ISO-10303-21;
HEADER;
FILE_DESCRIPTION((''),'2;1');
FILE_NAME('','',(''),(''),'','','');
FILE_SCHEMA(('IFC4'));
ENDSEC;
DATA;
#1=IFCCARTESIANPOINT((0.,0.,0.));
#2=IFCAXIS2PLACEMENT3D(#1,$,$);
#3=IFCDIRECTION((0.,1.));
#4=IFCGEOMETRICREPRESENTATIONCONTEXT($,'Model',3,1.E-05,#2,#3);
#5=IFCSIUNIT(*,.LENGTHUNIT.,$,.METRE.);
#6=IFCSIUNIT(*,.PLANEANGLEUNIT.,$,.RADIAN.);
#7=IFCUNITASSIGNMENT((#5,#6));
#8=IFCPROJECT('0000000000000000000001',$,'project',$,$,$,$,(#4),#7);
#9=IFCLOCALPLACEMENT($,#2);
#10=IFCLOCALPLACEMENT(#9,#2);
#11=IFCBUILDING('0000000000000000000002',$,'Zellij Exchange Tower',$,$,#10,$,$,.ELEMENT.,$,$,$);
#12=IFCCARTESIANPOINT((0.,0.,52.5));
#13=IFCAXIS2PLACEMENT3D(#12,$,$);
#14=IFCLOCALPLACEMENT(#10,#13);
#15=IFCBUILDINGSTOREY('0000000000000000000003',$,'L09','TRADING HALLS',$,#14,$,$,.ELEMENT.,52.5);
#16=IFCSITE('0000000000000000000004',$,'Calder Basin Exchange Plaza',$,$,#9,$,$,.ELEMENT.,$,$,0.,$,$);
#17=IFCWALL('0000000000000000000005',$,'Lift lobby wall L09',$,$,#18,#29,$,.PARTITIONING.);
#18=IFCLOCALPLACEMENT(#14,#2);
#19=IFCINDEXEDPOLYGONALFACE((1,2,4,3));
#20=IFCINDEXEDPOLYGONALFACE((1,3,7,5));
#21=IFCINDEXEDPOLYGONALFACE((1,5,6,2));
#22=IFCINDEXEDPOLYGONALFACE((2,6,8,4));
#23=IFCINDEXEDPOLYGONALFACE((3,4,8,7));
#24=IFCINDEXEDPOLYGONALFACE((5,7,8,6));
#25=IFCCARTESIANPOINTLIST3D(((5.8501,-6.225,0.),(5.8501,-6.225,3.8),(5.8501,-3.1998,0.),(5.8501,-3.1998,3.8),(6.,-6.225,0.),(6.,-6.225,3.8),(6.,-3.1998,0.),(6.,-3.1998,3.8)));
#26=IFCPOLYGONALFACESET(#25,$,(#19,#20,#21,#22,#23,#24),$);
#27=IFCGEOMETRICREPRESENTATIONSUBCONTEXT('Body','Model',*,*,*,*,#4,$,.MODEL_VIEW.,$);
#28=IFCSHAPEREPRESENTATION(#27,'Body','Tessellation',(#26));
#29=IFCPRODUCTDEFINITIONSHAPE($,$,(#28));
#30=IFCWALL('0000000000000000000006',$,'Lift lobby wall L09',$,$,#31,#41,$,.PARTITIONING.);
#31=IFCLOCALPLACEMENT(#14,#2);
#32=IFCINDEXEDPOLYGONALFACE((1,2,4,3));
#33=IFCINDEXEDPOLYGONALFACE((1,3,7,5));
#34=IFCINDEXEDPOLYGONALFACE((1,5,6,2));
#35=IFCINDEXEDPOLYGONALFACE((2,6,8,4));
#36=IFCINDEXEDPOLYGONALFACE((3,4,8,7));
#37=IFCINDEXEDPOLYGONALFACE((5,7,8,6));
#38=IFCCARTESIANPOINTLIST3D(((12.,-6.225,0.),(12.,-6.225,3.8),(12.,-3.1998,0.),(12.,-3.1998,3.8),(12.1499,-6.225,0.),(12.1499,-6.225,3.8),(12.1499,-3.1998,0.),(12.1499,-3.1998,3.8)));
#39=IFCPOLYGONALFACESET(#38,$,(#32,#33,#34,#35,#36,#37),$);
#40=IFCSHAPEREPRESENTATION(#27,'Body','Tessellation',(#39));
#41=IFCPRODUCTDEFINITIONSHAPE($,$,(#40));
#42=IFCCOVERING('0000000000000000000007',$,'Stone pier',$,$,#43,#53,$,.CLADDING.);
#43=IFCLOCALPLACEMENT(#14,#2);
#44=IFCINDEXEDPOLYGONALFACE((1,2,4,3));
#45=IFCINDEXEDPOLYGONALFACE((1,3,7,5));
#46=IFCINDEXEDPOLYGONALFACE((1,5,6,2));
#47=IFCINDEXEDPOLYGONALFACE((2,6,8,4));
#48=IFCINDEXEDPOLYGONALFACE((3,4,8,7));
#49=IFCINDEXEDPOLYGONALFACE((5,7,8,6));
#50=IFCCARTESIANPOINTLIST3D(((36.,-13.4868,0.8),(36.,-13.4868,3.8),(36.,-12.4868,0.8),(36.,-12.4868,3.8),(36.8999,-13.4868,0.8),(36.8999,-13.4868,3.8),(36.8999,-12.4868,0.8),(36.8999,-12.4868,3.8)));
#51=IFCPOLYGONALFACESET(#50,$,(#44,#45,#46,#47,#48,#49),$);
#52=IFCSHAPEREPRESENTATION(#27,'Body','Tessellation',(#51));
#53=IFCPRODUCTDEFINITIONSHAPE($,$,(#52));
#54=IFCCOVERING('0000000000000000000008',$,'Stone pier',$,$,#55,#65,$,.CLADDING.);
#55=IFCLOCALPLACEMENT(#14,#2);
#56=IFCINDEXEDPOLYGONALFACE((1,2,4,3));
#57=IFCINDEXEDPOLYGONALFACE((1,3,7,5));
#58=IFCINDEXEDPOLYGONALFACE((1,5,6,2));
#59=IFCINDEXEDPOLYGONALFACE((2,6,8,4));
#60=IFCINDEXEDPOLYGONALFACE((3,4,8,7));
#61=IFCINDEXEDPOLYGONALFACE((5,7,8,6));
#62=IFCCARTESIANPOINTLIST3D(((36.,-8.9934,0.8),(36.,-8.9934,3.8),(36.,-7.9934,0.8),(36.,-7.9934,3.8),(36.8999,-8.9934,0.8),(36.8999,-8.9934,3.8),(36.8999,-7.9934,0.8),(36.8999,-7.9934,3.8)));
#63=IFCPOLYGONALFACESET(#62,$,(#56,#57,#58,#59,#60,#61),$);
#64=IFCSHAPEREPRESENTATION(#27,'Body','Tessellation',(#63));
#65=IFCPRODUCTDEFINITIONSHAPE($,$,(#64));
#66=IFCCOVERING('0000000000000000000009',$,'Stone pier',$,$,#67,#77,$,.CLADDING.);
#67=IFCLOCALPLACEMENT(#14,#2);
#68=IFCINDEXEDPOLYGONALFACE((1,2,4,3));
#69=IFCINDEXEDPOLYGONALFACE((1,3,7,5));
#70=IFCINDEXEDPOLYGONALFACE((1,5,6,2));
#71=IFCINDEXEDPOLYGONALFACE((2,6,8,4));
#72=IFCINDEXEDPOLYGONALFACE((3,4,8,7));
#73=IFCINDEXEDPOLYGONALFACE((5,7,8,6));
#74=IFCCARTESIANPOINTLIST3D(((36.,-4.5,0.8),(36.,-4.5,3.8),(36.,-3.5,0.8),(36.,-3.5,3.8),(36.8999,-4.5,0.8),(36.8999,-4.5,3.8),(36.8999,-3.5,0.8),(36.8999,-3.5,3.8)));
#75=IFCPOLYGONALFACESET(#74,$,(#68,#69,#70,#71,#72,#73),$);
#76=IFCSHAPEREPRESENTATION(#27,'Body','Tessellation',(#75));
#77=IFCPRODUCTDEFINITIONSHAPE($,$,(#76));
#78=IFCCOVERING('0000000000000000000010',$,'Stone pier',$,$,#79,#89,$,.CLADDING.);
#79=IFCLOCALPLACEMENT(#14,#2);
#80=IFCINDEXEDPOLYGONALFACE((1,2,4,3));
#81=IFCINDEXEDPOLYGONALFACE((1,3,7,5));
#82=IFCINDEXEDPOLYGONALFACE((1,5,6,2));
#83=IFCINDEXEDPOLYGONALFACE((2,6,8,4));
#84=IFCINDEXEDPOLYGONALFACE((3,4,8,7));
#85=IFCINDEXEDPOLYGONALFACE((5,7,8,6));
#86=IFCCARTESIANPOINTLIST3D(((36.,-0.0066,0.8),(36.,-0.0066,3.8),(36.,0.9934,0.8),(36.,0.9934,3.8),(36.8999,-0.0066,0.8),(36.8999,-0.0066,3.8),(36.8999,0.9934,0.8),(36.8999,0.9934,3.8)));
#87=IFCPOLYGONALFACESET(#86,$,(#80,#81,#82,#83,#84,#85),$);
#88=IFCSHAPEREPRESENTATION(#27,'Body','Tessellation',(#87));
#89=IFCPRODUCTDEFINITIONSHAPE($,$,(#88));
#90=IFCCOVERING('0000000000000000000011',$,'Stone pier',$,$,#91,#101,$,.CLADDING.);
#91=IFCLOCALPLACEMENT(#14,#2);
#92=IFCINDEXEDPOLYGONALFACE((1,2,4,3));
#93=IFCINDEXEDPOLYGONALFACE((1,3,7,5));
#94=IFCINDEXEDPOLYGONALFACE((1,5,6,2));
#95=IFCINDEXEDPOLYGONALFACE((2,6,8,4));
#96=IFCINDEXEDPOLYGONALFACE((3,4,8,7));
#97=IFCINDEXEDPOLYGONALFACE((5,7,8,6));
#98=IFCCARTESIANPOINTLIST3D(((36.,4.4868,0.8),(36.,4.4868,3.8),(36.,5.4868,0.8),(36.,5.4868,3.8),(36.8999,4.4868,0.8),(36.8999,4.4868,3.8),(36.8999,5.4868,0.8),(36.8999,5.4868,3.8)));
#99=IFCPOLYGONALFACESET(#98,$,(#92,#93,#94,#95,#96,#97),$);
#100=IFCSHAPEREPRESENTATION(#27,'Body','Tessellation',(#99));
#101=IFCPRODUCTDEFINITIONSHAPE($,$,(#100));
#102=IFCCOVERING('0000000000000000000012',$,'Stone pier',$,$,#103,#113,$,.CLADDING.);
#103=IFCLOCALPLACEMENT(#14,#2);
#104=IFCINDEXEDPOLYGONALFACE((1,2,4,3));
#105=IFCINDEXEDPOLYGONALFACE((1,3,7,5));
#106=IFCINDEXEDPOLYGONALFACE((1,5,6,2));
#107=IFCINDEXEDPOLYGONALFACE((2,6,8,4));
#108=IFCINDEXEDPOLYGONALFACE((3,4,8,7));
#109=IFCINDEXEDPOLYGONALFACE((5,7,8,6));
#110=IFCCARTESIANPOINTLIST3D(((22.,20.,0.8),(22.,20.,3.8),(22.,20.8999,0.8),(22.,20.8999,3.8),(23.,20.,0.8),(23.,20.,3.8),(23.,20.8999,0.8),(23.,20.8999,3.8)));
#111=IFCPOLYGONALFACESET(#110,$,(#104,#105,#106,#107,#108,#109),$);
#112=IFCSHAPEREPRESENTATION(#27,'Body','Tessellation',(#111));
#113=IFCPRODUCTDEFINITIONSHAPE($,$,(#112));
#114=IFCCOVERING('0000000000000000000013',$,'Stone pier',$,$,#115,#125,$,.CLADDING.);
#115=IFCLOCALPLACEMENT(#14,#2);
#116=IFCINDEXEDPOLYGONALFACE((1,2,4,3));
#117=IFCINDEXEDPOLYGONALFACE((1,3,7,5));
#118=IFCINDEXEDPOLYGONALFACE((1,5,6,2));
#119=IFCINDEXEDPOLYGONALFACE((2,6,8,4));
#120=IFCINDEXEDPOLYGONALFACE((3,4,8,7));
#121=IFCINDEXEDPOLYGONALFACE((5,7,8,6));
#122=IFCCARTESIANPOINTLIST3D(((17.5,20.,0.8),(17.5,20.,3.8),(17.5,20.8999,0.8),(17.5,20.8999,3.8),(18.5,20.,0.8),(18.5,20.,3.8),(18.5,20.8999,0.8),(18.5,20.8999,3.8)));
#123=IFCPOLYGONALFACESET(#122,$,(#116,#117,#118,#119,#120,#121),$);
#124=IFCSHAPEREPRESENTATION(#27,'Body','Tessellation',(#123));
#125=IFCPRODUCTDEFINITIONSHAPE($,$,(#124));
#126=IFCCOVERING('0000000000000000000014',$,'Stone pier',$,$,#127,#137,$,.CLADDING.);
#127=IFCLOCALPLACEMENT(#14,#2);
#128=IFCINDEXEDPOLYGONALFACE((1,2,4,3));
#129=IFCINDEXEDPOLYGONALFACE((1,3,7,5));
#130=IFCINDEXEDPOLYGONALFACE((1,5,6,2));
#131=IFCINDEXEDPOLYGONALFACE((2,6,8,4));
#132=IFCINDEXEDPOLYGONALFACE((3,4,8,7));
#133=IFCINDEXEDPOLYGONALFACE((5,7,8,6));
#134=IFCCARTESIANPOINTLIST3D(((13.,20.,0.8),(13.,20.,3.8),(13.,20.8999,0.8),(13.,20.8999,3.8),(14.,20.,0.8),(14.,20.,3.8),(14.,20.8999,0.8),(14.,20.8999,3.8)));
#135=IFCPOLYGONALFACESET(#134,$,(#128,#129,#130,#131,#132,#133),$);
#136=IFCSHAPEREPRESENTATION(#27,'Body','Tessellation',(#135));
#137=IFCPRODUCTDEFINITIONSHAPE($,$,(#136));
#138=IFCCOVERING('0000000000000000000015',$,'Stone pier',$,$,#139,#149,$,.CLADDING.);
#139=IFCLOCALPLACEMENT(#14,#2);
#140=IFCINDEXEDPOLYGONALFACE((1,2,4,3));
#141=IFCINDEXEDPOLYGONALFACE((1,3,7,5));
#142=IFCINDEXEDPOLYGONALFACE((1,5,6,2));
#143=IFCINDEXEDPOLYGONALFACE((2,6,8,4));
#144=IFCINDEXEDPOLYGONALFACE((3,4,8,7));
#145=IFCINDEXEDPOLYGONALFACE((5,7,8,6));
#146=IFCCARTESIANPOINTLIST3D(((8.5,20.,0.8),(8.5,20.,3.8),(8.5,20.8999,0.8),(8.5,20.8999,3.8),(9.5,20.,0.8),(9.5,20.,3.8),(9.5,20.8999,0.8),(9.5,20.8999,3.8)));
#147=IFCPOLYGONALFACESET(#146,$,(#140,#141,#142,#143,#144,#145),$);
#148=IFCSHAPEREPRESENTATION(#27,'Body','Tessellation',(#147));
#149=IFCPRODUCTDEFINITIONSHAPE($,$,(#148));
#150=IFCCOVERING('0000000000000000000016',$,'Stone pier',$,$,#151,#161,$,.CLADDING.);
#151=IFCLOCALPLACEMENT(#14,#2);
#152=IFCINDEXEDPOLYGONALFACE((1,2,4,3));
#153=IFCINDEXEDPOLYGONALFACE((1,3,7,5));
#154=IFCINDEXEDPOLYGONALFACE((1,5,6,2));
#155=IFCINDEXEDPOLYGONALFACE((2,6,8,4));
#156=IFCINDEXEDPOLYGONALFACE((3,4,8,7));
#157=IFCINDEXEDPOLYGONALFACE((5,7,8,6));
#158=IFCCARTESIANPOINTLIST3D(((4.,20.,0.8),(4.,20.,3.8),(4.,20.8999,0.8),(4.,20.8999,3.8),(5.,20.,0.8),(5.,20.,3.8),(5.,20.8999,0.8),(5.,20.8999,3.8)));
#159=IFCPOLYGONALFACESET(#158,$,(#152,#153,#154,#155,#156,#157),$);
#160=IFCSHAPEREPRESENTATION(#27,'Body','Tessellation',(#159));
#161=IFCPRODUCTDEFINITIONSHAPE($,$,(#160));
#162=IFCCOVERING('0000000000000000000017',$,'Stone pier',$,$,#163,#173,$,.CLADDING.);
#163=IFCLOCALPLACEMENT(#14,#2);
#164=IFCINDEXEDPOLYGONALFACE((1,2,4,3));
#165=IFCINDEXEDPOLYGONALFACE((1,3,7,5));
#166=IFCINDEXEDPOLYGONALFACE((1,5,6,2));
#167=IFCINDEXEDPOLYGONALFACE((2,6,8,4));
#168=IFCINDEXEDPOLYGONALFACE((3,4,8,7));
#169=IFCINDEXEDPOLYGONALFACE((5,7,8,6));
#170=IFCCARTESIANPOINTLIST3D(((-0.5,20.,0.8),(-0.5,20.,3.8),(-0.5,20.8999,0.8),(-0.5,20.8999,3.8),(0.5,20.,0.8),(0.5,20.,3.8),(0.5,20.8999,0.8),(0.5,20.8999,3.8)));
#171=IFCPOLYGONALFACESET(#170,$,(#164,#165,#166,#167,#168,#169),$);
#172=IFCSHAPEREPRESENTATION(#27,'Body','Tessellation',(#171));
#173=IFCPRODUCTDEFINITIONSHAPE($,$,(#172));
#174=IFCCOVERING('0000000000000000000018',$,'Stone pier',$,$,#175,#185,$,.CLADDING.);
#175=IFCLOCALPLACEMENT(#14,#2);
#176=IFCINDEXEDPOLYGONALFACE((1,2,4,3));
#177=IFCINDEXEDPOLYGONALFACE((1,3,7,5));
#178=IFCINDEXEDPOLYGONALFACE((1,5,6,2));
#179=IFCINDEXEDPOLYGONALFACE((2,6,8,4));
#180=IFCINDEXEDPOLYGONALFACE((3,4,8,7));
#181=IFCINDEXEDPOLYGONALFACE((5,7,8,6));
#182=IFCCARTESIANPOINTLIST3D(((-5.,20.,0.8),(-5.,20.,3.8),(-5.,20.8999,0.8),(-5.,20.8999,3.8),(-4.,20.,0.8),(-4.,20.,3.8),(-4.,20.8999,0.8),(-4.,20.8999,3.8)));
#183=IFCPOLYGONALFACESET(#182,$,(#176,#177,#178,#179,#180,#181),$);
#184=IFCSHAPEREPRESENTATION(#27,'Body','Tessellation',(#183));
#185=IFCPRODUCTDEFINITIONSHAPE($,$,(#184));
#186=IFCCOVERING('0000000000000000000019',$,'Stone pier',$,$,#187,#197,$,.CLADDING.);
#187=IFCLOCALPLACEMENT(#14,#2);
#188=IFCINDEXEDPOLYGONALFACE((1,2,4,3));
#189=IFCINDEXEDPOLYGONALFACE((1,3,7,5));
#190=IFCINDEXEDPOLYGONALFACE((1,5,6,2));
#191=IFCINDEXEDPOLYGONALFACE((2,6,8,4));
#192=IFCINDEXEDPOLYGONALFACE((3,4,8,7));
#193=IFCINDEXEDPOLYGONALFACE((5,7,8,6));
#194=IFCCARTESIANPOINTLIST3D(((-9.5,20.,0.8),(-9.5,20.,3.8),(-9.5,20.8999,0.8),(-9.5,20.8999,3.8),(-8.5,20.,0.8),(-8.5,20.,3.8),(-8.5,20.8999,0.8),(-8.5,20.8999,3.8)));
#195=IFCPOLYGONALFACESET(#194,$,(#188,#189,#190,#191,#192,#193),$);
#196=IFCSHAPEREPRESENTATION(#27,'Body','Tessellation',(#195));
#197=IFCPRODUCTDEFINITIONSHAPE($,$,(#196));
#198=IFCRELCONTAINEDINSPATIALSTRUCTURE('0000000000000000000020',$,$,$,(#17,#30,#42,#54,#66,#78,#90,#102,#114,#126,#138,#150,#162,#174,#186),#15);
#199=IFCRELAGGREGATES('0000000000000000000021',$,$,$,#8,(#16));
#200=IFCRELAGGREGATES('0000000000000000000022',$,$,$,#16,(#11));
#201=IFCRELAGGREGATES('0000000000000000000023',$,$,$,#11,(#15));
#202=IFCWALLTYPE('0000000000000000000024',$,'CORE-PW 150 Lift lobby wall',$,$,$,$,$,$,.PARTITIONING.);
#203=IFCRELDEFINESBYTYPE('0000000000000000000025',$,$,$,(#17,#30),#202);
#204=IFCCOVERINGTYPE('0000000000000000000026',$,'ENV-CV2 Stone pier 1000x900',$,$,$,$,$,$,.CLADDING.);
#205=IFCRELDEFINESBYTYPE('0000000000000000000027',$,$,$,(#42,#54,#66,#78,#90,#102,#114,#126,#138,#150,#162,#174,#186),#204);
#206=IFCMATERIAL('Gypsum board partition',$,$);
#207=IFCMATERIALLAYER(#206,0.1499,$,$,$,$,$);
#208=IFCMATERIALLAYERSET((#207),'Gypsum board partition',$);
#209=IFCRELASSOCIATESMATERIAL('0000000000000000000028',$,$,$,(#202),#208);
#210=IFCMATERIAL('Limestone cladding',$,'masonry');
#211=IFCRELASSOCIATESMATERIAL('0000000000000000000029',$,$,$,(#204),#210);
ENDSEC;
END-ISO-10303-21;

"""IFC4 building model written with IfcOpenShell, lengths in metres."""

from ifc_helpers import new_model, si_unit, direction, frame, frame_2d, origin, place, context, subcontext, project, spatial, polyline, rectangle, outline, extrude, material, layer, layer_set, type_object, element, save


model = new_model("IFC4")

# Units and contexts
model_context = context("Model", 3, precision=1e-05, world=origin(), true_north=direction((0.0, 1.0)))
body_context = subcontext(model_context, "Body", "Model", "MODEL_VIEW")
ifc_project = project(units=[si_unit("LENGTHUNIT", "METRE"), si_unit("PLANEANGLEUNIT", "RADIAN")], contexts=[model_context])

# Site, building, storey
site_placement = place(None, origin())
site = spatial("IfcSite", under=ifc_project, at=site_placement, Name="Calder Basin Exchange Plaza", CompositionType="ELEMENT", RefElevation=0.0)
building_placement = place(site_placement, origin())
building = spatial("IfcBuilding", under=site, at=building_placement, Name="Zellij Exchange Tower", CompositionType="ELEMENT")
storey_placement = place(building_placement, frame((0.0, 0.0, 52.5)))
storey = spatial("IfcBuildingStorey", under=building, at=storey_placement, Name="L09", Description="TRADING HALLS", CompositionType="ELEMENT", Elevation=52.5)

# Walls
ifc_material_1 = material(Name="Gypsum board partition")
ifc_layer = layer(ifc_material_1, 0.1499)
ifc_layer_set = layer_set([ifc_layer], Name="Gypsum board partition")
wall_type = type_object("IfcWallType", Name="CORE-PW 150 Lift lobby wall", PredefinedType="PARTITIONING", material=ifc_layer_set)
for number, where, z_axis, x_axis, name in (
    (1, (5.925, -6.2251, 0.0), (0.0, 0.0, 1.0), (0.0, 1.0, 0.0), "Lift lobby wall L09"),
    (2, (12.075, -6.2251, 0.0), (0.0, 0.0, 1.0), (0.0, 1.0, 0.0), "Lift lobby wall L09"),
):
    element("IfcWall", number, at=place(storey_placement, frame(where, z_axis=z_axis, x_axis=x_axis)), inside=storey, type_object=wall_type, Name=name, PredefinedType="PARTITIONING", context=body_context, shape_type="SweptSolid", body=[
        extrude(rectangle(XDim=3.0251, YDim=0.1499, at=frame_2d((1.5127, 0.0))), origin(), (0.0, 0.0, 1.0), 3.8),
    ])

# Coverings
ifc_material_2 = material(Name="Limestone cladding", Category="masonry")
covering_type = type_object("IfcCoveringType", Name="ENV-CV2 Stone pier 1000x900", PredefinedType="CLADDING", material=ifc_material_2)
covering_1_placement = place(storey_placement, frame((0.0, 0.0, 0.8)))
element("IfcCovering", 3, at=covering_1_placement, inside=storey, type_object=covering_type, Name="Stone pier", PredefinedType="CLADDING", context=body_context, shape_type="SweptSolid", body=[
    extrude(outline(polyline([(36.0, -13.4868), (36.0, -12.4868), (36.8999, -12.4868), (36.8999, -13.4868), (36.0, -13.4868)])), origin(), (0.0, 0.0, 1.0), 3.0),
])
covering_2_placement = place(storey_placement, frame((0.0, 0.0, 0.8)))
element("IfcCovering", 4, at=covering_2_placement, inside=storey, type_object=covering_type, Name="Stone pier", PredefinedType="CLADDING", context=body_context, shape_type="SweptSolid", body=[
    extrude(outline(polyline([(36.0, -8.9934), (36.0, -7.9934), (36.8999, -7.9934), (36.8999, -8.9934), (36.0, -8.9934)])), origin(), (0.0, 0.0, 1.0), 3.0),
])
covering_3_placement = place(storey_placement, frame((0.0, 0.0, 0.8)))
element("IfcCovering", 5, at=covering_3_placement, inside=storey, type_object=covering_type, Name="Stone pier", PredefinedType="CLADDING", context=body_context, shape_type="SweptSolid", body=[
    extrude(outline(polyline([(36.0, -4.5), (36.0, -3.5), (36.8999, -3.5), (36.8999, -4.5), (36.0, -4.5)])), origin(), (0.0, 0.0, 1.0), 3.0),
])
covering_4_placement = place(storey_placement, frame((0.0, 0.0, 0.8)))
element("IfcCovering", 6, at=covering_4_placement, inside=storey, type_object=covering_type, Name="Stone pier", PredefinedType="CLADDING", context=body_context, shape_type="SweptSolid", body=[
    extrude(outline(polyline([(36.0, -0.0066), (36.0, 0.9934), (36.8999, 0.9934), (36.8999, -0.0066), (36.0, -0.0066)])), origin(), (0.0, 0.0, 1.0), 3.0),
])
covering_5_placement = place(storey_placement, frame((0.0, 0.0, 0.8)))
element("IfcCovering", 7, at=covering_5_placement, inside=storey, type_object=covering_type, Name="Stone pier", PredefinedType="CLADDING", context=body_context, shape_type="SweptSolid", body=[
    extrude(outline(polyline([(36.0, 4.4868), (36.0, 5.4868), (36.8999, 5.4868), (36.8999, 4.4868), (36.0, 4.4868)])), origin(), (0.0, 0.0, 1.0), 3.0),
])
covering_6_placement = place(storey_placement, frame((0.0, 0.0, 0.8)))
element("IfcCovering", 8, at=covering_6_placement, inside=storey, type_object=covering_type, Name="Stone pier", PredefinedType="CLADDING", context=body_context, shape_type="SweptSolid", body=[
    extrude(outline(polyline([(23.0, 20.0), (22.0, 20.0), (22.0, 20.8999), (23.0, 20.8999), (23.0, 20.0)])), origin(), (0.0, 0.0, 1.0), 3.0),
])
covering_7_placement = place(storey_placement, frame((0.0, 0.0, 0.8)))
element("IfcCovering", 9, at=covering_7_placement, inside=storey, type_object=covering_type, Name="Stone pier", PredefinedType="CLADDING", context=body_context, shape_type="SweptSolid", body=[
    extrude(outline(polyline([(18.5, 20.0), (17.5, 20.0), (17.5, 20.8999), (18.5, 20.8999), (18.5, 20.0)])), origin(), (0.0, 0.0, 1.0), 3.0),
])
covering_8_placement = place(storey_placement, frame((0.0, 0.0, 0.8)))
element("IfcCovering", 10, at=covering_8_placement, inside=storey, type_object=covering_type, Name="Stone pier", PredefinedType="CLADDING", context=body_context, shape_type="SweptSolid", body=[
    extrude(outline(polyline([(14.0, 20.0), (13.0, 20.0), (13.0, 20.8999), (14.0, 20.8999), (14.0, 20.0)])), origin(), (0.0, 0.0, 1.0), 3.0),
])
covering_9_placement = place(storey_placement, frame((0.0, 0.0, 0.8)))
element("IfcCovering", 11, at=covering_9_placement, inside=storey, type_object=covering_type, Name="Stone pier", PredefinedType="CLADDING", context=body_context, shape_type="SweptSolid", body=[
    extrude(outline(polyline([(9.5, 20.0), (8.5, 20.0), (8.5, 20.8999), (9.5, 20.8999), (9.5, 20.0)])), origin(), (0.0, 0.0, 1.0), 3.0),
])
covering_10_placement = place(storey_placement, frame((0.0, 0.0, 0.8)))
element("IfcCovering", 12, at=covering_10_placement, inside=storey, type_object=covering_type, Name="Stone pier", PredefinedType="CLADDING", context=body_context, shape_type="SweptSolid", body=[
    extrude(outline(polyline([(5.0, 20.0), (4.0, 20.0), (4.0, 20.8999), (5.0, 20.8999), (5.0, 20.0)])), origin(), (0.0, 0.0, 1.0), 3.0),
])
covering_11_placement = place(storey_placement, frame((0.0, 0.0, 0.8)))
element("IfcCovering", 13, at=covering_11_placement, inside=storey, type_object=covering_type, Name="Stone pier", PredefinedType="CLADDING", context=body_context, shape_type="SweptSolid", body=[
    extrude(outline(polyline([(0.5, 20.0), (-0.5, 20.0), (-0.5, 20.8999), (0.5, 20.8999), (0.5, 20.0)])), origin(), (0.0, 0.0, 1.0), 3.0),
])
covering_12_placement = place(storey_placement, frame((0.0, 0.0, 0.8)))
element("IfcCovering", 14, at=covering_12_placement, inside=storey, type_object=covering_type, Name="Stone pier", PredefinedType="CLADDING", context=body_context, shape_type="SweptSolid", body=[
    extrude(outline(polyline([(-4.0, 20.0), (-5.0, 20.0), (-5.0, 20.8999), (-4.0, 20.8999), (-4.0, 20.0)])), origin(), (0.0, 0.0, 1.0), 3.0),
])
covering_13_placement = place(storey_placement, frame((0.0, 0.0, 0.8)))
element("IfcCovering", 15, at=covering_13_placement, inside=storey, type_object=covering_type, Name="Stone pier", PredefinedType="CLADDING", context=body_context, shape_type="SweptSolid", body=[
    extrude(outline(polyline([(-8.5, 20.0), (-9.5, 20.0), (-9.5, 20.8999), (-8.5, 20.8999), (-8.5, 20.0)])), origin(), (0.0, 0.0, 1.0), 3.0),
])

save(model, "model.ifc")
